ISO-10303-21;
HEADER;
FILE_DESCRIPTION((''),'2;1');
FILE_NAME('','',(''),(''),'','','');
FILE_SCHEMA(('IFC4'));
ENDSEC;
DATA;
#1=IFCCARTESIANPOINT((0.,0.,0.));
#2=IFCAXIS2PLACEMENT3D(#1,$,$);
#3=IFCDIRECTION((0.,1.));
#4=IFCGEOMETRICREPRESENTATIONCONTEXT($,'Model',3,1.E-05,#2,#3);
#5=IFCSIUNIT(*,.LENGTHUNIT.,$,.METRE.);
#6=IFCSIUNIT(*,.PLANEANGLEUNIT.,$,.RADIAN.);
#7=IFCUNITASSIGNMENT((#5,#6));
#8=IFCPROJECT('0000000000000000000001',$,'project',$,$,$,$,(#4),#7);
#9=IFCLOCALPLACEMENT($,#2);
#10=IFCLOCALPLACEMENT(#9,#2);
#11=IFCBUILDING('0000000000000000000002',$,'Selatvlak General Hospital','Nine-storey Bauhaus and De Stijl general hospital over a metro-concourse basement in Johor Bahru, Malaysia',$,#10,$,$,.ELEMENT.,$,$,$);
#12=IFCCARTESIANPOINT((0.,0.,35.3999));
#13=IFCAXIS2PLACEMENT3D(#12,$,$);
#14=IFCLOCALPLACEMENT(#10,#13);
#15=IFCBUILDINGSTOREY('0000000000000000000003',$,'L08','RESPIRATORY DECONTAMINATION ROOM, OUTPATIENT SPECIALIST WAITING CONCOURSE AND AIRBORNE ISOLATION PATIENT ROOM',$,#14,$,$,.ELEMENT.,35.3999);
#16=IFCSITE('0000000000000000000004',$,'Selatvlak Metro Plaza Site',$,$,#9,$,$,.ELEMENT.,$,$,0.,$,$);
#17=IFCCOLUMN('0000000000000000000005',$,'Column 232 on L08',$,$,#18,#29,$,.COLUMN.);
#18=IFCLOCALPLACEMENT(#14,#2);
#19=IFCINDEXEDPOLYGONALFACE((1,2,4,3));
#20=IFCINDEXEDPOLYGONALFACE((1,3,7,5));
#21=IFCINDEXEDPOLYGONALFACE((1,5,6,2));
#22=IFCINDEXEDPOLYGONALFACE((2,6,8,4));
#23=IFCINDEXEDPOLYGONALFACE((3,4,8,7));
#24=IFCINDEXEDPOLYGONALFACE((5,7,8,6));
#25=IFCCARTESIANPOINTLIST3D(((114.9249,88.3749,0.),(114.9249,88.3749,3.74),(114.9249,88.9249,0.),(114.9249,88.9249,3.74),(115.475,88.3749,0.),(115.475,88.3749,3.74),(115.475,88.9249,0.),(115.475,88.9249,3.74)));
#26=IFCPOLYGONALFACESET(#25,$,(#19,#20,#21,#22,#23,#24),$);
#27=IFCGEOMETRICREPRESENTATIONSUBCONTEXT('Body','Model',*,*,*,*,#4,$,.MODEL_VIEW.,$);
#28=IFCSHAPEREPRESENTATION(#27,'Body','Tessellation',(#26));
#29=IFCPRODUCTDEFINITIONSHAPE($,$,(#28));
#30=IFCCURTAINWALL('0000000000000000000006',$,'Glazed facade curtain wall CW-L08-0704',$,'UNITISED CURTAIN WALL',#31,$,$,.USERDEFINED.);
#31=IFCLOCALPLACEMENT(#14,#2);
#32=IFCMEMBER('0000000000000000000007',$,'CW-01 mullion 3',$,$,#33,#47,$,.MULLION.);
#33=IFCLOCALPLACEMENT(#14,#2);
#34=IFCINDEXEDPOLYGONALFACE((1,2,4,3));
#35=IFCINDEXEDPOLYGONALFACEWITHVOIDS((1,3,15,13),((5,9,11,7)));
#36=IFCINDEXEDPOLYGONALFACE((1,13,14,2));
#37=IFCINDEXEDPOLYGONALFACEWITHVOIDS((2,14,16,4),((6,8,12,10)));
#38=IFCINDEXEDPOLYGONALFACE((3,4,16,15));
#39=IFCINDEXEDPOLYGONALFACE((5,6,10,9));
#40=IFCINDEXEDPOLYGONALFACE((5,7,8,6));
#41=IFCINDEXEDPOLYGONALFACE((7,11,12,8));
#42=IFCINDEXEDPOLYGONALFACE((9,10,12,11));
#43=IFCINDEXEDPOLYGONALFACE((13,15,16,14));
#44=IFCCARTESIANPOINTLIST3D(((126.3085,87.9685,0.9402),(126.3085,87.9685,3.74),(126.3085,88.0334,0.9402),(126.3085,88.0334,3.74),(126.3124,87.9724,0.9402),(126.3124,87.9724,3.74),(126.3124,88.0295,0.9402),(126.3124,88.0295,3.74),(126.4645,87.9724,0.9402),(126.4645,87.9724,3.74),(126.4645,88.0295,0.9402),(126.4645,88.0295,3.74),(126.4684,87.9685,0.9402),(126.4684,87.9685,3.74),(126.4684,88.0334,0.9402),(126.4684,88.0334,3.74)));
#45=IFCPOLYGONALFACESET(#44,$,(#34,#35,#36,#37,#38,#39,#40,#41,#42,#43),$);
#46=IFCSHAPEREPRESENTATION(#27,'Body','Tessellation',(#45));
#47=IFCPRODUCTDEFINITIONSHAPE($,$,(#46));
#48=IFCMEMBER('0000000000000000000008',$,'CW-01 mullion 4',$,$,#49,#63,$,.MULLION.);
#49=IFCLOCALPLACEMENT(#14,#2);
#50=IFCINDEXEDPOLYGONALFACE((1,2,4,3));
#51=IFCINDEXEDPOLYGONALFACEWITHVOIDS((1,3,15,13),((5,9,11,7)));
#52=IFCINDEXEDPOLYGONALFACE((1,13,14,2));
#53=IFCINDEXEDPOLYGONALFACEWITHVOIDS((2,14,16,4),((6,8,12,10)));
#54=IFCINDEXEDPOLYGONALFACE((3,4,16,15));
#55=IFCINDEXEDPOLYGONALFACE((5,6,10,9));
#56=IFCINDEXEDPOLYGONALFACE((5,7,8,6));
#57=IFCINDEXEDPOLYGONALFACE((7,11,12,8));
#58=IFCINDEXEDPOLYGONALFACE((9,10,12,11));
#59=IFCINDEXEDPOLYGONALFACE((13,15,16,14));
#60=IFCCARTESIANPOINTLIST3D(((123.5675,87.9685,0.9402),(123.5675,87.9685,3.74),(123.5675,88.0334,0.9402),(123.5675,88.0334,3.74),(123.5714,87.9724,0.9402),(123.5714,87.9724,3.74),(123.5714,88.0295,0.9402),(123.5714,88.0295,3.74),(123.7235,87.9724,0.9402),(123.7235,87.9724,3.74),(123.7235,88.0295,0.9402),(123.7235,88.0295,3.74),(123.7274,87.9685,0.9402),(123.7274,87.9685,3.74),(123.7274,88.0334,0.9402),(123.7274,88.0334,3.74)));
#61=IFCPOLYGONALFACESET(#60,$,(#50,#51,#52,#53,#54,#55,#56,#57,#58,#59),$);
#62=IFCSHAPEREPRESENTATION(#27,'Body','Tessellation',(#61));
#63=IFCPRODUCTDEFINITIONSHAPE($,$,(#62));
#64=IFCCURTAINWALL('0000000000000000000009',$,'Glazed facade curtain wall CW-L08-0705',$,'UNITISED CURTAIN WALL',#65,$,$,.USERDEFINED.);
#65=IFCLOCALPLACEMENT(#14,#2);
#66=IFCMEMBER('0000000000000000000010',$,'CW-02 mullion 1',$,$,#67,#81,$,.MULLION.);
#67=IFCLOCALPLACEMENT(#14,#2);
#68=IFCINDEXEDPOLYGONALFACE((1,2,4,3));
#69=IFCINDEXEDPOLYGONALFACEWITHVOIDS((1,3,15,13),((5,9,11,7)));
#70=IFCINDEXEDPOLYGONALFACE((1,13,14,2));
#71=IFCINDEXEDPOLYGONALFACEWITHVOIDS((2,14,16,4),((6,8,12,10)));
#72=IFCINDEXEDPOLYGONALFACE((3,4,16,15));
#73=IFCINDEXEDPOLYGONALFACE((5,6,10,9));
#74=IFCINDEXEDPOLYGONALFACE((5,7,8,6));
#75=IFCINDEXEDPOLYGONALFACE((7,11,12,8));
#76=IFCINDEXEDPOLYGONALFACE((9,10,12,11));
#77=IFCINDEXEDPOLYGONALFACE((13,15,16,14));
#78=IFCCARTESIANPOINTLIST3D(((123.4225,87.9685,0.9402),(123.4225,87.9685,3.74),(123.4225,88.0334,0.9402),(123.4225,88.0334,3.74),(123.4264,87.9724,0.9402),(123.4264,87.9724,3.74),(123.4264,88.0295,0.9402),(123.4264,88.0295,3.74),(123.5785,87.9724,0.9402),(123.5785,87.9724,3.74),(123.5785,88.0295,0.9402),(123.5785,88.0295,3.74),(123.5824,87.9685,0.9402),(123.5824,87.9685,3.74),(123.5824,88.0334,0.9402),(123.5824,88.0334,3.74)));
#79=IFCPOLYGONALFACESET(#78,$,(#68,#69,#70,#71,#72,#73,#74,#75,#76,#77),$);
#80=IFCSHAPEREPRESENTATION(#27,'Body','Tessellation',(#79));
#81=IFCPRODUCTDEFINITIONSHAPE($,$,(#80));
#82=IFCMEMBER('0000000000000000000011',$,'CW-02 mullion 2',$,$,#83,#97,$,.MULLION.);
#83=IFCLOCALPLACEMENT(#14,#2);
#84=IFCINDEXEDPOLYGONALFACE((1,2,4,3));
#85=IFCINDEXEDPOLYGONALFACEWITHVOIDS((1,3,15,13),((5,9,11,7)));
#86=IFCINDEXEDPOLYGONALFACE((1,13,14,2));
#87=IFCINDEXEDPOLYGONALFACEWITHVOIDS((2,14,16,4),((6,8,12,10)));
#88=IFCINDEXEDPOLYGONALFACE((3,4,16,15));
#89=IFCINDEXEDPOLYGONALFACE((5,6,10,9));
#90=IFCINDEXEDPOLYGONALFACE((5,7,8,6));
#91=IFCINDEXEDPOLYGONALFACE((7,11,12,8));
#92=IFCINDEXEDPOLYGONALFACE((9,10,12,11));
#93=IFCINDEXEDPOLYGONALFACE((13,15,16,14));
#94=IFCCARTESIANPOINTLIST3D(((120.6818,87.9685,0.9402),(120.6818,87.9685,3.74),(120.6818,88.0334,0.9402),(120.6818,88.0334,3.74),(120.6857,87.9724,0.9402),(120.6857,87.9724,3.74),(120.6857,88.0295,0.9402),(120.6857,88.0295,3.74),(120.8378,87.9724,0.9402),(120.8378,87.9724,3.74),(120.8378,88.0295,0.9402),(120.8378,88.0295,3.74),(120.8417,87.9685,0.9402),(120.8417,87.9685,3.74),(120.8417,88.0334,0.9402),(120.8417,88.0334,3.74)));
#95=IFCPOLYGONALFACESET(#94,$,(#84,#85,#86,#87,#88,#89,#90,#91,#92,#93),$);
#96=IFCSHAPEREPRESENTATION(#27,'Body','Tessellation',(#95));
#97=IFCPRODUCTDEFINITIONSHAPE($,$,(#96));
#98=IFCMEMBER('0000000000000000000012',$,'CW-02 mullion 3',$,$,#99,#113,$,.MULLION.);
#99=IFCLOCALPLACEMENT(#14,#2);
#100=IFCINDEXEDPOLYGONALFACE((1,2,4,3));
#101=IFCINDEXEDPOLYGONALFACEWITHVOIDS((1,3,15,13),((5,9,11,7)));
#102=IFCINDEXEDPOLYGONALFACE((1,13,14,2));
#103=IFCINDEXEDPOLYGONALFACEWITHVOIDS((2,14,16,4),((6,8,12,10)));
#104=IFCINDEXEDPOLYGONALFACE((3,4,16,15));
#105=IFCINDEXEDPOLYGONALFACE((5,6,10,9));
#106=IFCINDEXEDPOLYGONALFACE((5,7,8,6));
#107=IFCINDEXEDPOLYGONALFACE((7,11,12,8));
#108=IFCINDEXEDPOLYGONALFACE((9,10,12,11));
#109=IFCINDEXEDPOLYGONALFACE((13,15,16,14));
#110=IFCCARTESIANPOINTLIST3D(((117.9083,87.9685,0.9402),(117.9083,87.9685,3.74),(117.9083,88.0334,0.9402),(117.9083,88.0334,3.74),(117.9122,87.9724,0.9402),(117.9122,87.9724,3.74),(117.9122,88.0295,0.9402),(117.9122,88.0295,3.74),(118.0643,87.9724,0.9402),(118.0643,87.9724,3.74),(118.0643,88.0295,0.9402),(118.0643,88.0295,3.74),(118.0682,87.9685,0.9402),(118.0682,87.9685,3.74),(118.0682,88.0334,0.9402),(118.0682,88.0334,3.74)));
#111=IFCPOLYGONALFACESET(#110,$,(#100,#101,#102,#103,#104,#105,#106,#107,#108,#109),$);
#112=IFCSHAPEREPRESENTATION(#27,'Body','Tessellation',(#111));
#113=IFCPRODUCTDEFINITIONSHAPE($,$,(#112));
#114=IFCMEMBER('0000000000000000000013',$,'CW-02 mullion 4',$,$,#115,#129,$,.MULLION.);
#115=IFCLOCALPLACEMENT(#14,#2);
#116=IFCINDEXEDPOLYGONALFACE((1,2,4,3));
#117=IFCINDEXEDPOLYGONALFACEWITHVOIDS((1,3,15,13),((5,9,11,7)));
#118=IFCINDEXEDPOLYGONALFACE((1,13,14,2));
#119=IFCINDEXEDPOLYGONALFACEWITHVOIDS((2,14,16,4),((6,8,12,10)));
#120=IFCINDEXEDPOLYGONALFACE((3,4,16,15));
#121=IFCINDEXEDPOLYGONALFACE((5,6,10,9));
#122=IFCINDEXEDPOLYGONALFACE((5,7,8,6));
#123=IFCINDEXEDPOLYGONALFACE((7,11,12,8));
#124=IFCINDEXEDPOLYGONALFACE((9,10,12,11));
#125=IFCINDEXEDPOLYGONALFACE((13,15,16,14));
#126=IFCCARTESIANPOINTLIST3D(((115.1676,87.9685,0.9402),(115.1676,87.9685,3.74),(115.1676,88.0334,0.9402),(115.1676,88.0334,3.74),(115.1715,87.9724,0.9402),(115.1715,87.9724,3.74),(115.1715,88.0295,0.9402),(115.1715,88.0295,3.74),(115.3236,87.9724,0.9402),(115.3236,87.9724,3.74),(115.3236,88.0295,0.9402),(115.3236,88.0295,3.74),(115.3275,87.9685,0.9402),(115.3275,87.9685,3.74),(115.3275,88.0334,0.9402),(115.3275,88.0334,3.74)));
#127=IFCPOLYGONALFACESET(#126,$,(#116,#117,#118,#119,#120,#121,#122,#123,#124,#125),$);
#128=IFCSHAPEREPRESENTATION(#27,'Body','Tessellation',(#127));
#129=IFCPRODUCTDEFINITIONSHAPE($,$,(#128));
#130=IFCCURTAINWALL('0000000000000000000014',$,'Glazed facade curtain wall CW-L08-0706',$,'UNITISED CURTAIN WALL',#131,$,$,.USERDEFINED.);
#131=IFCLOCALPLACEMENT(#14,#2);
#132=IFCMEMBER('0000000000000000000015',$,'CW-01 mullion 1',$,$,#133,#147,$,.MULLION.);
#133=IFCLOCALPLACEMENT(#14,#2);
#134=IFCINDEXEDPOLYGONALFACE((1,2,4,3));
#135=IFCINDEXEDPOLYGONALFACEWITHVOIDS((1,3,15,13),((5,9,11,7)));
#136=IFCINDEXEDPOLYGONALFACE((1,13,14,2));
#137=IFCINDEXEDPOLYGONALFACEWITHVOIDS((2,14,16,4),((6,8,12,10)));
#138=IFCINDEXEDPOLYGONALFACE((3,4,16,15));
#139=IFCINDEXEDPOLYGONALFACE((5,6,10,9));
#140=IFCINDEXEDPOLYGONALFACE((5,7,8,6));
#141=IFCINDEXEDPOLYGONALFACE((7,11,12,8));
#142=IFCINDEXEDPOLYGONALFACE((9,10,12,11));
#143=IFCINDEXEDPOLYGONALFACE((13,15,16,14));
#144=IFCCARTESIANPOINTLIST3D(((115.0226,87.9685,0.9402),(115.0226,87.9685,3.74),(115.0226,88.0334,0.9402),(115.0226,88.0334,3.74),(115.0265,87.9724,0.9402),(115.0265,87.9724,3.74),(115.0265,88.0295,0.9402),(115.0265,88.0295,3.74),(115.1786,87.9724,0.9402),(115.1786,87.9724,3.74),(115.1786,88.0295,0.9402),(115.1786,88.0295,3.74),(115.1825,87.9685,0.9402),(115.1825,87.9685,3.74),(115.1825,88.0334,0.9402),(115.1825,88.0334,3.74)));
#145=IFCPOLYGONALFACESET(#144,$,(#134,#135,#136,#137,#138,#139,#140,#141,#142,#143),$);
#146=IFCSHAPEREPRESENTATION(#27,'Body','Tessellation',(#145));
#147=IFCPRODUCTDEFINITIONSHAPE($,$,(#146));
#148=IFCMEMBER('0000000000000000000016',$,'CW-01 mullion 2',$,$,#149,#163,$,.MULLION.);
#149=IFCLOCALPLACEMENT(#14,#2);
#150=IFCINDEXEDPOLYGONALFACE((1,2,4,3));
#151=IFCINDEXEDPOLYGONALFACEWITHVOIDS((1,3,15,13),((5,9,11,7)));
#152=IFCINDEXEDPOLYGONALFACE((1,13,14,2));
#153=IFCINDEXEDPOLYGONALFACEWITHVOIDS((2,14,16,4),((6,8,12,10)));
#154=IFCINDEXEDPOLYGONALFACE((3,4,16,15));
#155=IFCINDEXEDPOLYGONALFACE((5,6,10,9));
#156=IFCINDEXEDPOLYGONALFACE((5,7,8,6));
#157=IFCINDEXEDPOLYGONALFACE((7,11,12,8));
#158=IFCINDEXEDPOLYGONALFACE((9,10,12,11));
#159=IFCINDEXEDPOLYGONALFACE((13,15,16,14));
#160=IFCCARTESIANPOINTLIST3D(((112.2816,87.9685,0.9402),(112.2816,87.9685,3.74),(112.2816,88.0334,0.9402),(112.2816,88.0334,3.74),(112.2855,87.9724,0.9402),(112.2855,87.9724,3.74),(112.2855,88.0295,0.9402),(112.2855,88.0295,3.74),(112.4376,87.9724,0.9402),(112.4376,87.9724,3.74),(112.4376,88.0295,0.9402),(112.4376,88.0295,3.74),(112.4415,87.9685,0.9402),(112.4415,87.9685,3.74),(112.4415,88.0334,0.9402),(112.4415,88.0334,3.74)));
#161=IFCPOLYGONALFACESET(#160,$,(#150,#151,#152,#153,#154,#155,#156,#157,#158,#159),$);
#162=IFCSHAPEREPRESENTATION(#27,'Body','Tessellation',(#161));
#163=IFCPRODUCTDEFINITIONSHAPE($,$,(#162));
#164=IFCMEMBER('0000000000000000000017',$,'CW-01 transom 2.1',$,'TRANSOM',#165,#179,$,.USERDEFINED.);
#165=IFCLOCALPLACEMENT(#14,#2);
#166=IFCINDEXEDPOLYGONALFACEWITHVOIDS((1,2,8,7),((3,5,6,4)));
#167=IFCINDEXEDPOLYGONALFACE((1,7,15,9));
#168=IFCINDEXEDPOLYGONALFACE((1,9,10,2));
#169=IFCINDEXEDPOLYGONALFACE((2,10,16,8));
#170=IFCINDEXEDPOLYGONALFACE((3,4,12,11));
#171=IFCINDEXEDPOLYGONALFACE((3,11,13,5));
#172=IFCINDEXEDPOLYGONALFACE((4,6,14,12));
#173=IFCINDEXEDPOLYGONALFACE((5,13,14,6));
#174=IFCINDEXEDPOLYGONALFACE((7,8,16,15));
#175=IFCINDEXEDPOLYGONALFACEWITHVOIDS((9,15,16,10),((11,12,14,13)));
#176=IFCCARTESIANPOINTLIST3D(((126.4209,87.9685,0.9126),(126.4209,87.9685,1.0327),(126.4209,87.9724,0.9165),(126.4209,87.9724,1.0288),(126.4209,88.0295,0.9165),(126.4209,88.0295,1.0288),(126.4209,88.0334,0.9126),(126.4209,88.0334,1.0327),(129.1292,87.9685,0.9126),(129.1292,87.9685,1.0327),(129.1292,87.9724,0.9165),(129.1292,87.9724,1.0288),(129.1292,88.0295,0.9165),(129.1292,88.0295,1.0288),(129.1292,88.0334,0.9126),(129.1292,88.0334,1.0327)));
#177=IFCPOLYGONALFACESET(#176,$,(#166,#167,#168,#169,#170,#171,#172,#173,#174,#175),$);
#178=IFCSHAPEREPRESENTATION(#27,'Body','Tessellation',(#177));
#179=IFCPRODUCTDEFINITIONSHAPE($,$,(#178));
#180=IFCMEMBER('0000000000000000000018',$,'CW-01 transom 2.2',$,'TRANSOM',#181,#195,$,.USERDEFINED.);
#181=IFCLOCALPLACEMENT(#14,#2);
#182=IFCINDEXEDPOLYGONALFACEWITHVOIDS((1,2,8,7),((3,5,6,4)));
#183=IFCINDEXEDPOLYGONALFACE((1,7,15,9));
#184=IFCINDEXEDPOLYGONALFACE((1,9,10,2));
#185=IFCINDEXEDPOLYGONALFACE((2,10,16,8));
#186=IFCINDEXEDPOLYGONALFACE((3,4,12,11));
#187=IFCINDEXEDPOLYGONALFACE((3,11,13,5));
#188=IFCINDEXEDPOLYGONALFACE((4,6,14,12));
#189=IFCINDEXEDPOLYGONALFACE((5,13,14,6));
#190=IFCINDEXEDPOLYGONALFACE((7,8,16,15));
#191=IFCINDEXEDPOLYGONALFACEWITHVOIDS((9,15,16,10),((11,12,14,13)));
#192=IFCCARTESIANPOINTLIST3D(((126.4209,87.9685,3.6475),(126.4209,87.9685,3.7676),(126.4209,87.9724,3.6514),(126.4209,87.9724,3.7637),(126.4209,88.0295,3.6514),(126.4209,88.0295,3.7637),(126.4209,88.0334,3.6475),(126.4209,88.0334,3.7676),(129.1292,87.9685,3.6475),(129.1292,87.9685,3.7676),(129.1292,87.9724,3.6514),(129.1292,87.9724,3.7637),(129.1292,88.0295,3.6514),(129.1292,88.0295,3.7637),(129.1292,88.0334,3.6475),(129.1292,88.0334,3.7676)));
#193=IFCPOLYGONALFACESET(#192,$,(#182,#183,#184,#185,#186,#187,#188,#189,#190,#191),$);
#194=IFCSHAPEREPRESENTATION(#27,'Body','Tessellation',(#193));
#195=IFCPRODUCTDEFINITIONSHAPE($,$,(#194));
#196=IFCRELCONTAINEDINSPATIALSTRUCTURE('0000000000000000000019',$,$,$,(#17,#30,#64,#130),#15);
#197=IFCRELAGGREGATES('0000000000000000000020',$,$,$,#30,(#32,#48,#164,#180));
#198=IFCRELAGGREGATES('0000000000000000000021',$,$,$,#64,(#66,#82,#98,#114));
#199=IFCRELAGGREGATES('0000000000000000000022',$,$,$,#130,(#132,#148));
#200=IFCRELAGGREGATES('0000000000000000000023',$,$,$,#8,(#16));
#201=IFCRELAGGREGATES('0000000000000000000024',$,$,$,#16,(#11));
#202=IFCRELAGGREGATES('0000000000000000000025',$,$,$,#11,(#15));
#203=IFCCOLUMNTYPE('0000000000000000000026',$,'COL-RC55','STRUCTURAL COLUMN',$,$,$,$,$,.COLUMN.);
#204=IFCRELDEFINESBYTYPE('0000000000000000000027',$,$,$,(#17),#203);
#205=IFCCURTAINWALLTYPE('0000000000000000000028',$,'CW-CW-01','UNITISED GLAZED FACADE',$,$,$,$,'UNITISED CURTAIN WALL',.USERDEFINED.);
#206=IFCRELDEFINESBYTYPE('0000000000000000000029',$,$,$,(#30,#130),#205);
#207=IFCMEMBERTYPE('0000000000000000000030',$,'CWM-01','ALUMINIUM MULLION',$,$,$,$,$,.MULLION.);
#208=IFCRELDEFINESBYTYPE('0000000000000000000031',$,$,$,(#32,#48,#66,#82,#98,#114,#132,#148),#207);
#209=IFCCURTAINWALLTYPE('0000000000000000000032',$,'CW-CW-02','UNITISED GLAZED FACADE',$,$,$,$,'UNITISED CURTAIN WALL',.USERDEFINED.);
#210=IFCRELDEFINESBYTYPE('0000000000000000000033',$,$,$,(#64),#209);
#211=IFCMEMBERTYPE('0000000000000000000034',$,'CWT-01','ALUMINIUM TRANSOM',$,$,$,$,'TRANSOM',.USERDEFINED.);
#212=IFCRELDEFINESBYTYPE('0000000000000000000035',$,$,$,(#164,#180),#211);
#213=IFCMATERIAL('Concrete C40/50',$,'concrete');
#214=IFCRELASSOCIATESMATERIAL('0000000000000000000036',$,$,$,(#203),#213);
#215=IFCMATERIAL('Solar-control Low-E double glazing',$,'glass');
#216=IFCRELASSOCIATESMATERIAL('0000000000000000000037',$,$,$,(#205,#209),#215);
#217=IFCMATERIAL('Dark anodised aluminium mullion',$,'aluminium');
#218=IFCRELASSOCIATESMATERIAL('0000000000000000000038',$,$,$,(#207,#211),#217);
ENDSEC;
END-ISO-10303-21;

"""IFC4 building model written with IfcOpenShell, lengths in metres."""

from ifc_helpers import new_model, si_unit, direction, frame, origin, origin_2d, place, context, subcontext, project, spatial, rectangle, hollow_rectangle, extrude, material, material_profile, profile_set, type_object, element, aggregate, save


model = new_model("IFC4")

# Units and contexts
model_context = context("Model", 3, precision=1e-05, world=origin(), true_north=direction((0.0, 1.0)))
body_context = subcontext(model_context, "Body", "Model", "MODEL_VIEW")
ifc_project = project(units=[si_unit("LENGTHUNIT", "METRE"), si_unit("PLANEANGLEUNIT", "RADIAN")], contexts=[model_context])

# Site, building, storey
site_placement = place(None, origin())
site = spatial("IfcSite", under=ifc_project, at=site_placement, Name="Selatvlak Metro Plaza Site", CompositionType="ELEMENT", RefElevation=0.0)
building_placement = place(site_placement, origin())
building = spatial("IfcBuilding", under=site, at=building_placement, Name="Selatvlak General Hospital", Description="Nine-storey Bauhaus and De Stijl general hospital over a metro-concourse basement in Johor Bahru, Malaysia", CompositionType="ELEMENT")
storey_placement = place(building_placement, frame((0.0, 0.0, 35.3999)))
storey = spatial("IfcBuildingStorey", under=building, at=storey_placement, Name="L08", Description="RESPIRATORY DECONTAMINATION ROOM, OUTPATIENT SPECIALIST WAITING CONCOURSE AND AIRBORNE ISOLATION PATIENT ROOM", CompositionType="ELEMENT", Elevation=35.3999)

# Column
ifc_material_1 = material(Name="Concrete C40/50", Category="concrete")
ifc_material_profile_1 = material_profile(ifc_material_1, rectangle(XDim=0.55, YDim=0.55, at=origin_2d()), Name="RC-COL 550x550")
ifc_profile_set_1 = profile_set([ifc_material_profile_1], Name="Concrete C40/50")
column_type = type_object("IfcColumnType", Name="COL-RC55", Description="STRUCTURAL COLUMN", PredefinedType="COLUMN", material=ifc_profile_set_1)
column_placement = place(storey_placement, frame((115.2, 88.6499, 0.0), z_axis=(0.0, 0.0, 1.0), x_axis=(1.0, 0.0, 0.0)))
element("IfcColumn", 1, at=column_placement, inside=storey, type_object=column_type, Name="Column 232 on L08", PredefinedType="COLUMN", context=body_context, shape_type="SweptSolid", body=[
    extrude(rectangle(XDim=0.55, YDim=0.55, at=origin_2d()), origin(), (0.0, 0.0, 1.0), 3.74),
])

# Curtain walls, members
ifc_material_2 = material(Name="Solar-control Low-E double glazing", Category="glass")
curtain_wall_type_1 = type_object("IfcCurtainWallType", Name="CW-CW-01", Description="UNITISED GLAZED FACADE", ElementType="UNITISED CURTAIN WALL", PredefinedType="USERDEFINED", material=ifc_material_2)
curtain_wall_1_placement = place(storey_placement, origin())
curtain_wall_1 = element("IfcCurtainWall", 2, at=curtain_wall_1_placement, inside=storey, type_object=curtain_wall_type_1, Name="Glazed facade curtain wall CW-L08-0704", ObjectType="UNITISED CURTAIN WALL", PredefinedType="USERDEFINED")
ifc_material_3 = material(Name="Dark anodised aluminium mullion", Category="aluminium")
ifc_material_profile_2 = material_profile(ifc_material_3, hollow_rectangle(XDim=0.0649, YDim=0.1599, WallThickness=0.0039, at=origin_2d()), Name="AL-MUL 65x160x4")
ifc_profile_set_2 = profile_set([ifc_material_profile_2], Name="Dark anodised aluminium mullion")
member_type_1 = type_object("IfcMemberType", Name="CWM-01", Description="ALUMINIUM MULLION", PredefinedType="MULLION", material=ifc_profile_set_2)
member_1_placement = place(storey_placement, frame((126.3884, 88.001, 0.9402), z_axis=(0.0, 0.0, 1.0), x_axis=(0.0, -1.0, 0.0)))
member_1 = element("IfcMember", 3, at=member_1_placement, type_object=member_type_1, Name="CW-01 mullion 3", PredefinedType="MULLION", context=body_context, shape_type="SweptSolid", body=[
    extrude(hollow_rectangle(XDim=0.0649, YDim=0.1599, WallThickness=0.0039, at=origin_2d()), origin(), (0.0, 0.0, 1.0), 2.7998),
])
member_2_placement = place(storey_placement, frame((123.6475, 88.001, 0.9402), z_axis=(0.0, 0.0, 1.0), x_axis=(0.0, -1.0, 0.0)))
member_2 = element("IfcMember", 4, at=member_2_placement, type_object=member_type_1, Name="CW-01 mullion 4", PredefinedType="MULLION", context=body_context, shape_type="SweptSolid", body=[
    extrude(hollow_rectangle(XDim=0.0649, YDim=0.1599, WallThickness=0.0039, at=origin_2d()), origin(), (0.0, 0.0, 1.0), 2.7998),
])
curtain_wall_type_2 = type_object("IfcCurtainWallType", Name="CW-CW-02", Description="UNITISED GLAZED FACADE", ElementType="UNITISED CURTAIN WALL", PredefinedType="USERDEFINED", material=ifc_material_2)
curtain_wall_2_placement = place(storey_placement, origin())
curtain_wall_2 = element("IfcCurtainWall", 5, at=curtain_wall_2_placement, inside=storey, type_object=curtain_wall_type_2, Name="Glazed facade curtain wall CW-L08-0705", ObjectType="UNITISED CURTAIN WALL", PredefinedType="USERDEFINED")
member_3_placement = place(storey_placement, frame((123.5024, 88.001, 0.9402), z_axis=(0.0, 0.0, 1.0), x_axis=(0.0, -1.0, 0.0)))
member_3 = element("IfcMember", 6, at=member_3_placement, type_object=member_type_1, Name="CW-02 mullion 1", PredefinedType="MULLION", context=body_context, shape_type="SweptSolid", body=[
    extrude(hollow_rectangle(XDim=0.0649, YDim=0.1599, WallThickness=0.0039, at=origin_2d()), origin(), (0.0, 0.0, 1.0), 2.7998),
])
member_4_placement = place(storey_placement, frame((120.7617, 88.001, 0.9402), z_axis=(0.0, 0.0, 1.0), x_axis=(0.0, -1.0, 0.0)))
member_4 = element("IfcMember", 7, at=member_4_placement, type_object=member_type_1, Name="CW-02 mullion 2", PredefinedType="MULLION", context=body_context, shape_type="SweptSolid", body=[
    extrude(hollow_rectangle(XDim=0.0649, YDim=0.1599, WallThickness=0.0039, at=origin_2d()), origin(), (0.0, 0.0, 1.0), 2.7998),
])
member_5_placement = place(storey_placement, frame((117.9883, 88.001, 0.9402), z_axis=(0.0, 0.0, 1.0), x_axis=(0.0, -1.0, 0.0)))
member_5 = element("IfcMember", 8, at=member_5_placement, type_object=member_type_1, Name="CW-02 mullion 3", PredefinedType="MULLION", context=body_context, shape_type="SweptSolid", body=[
    extrude(hollow_rectangle(XDim=0.0649, YDim=0.1599, WallThickness=0.0039, at=origin_2d()), origin(), (0.0, 0.0, 1.0), 2.7998),
])
member_6_placement = place(storey_placement, frame((115.2476, 88.001, 0.9402), z_axis=(0.0, 0.0, 1.0), x_axis=(0.0, -1.0, 0.0)))
member_6 = element("IfcMember", 9, at=member_6_placement, type_object=member_type_1, Name="CW-02 mullion 4", PredefinedType="MULLION", context=body_context, shape_type="SweptSolid", body=[
    extrude(hollow_rectangle(XDim=0.0649, YDim=0.1599, WallThickness=0.0039, at=origin_2d()), origin(), (0.0, 0.0, 1.0), 2.7998),
])
curtain_wall_3_placement = place(storey_placement, origin())
curtain_wall_3 = element("IfcCurtainWall", 10, at=curtain_wall_3_placement, inside=storey, type_object=curtain_wall_type_1, Name="Glazed facade curtain wall CW-L08-0706", ObjectType="UNITISED CURTAIN WALL", PredefinedType="USERDEFINED")
member_7_placement = place(storey_placement, frame((115.1025, 88.001, 0.9402), z_axis=(0.0, 0.0, 1.0), x_axis=(0.0, -1.0, 0.0)))
member_7 = element("IfcMember", 11, at=member_7_placement, type_object=member_type_1, Name="CW-01 mullion 1", PredefinedType="MULLION", context=body_context, shape_type="SweptSolid", body=[
    extrude(hollow_rectangle(XDim=0.0649, YDim=0.1599, WallThickness=0.0039, at=origin_2d()), origin(), (0.0, 0.0, 1.0), 2.7998),
])
member_8_placement = place(storey_placement, frame((112.3616, 88.001, 0.9402), z_axis=(0.0, 0.0, 1.0), x_axis=(0.0, -1.0, 0.0)))
member_8 = element("IfcMember", 12, at=member_8_placement, type_object=member_type_1, Name="CW-01 mullion 2", PredefinedType="MULLION", context=body_context, shape_type="SweptSolid", body=[
    extrude(hollow_rectangle(XDim=0.0649, YDim=0.1599, WallThickness=0.0039, at=origin_2d()), origin(), (0.0, 0.0, 1.0), 2.7998),
])

# Members
ifc_material_profile_3 = material_profile(ifc_material_3, hollow_rectangle(XDim=0.0649, YDim=0.1201, WallThickness=0.0039, at=origin_2d()), Name="AL-TRN 65x120x4")
ifc_profile_set_3 = profile_set([ifc_material_profile_3], Name="Dark anodised aluminium mullion")
member_type_2 = type_object("IfcMemberType", Name="CWT-01", Description="ALUMINIUM TRANSOM", ElementType="TRANSOM", PredefinedType="USERDEFINED", material=ifc_profile_set_3)
member_9_placement = place(storey_placement, frame((129.1292, 88.001, 0.9727), z_axis=(-1.0, 0.0, 0.0), x_axis=(0.0, -1.0, 0.0)))
member_9 = element("IfcMember", 13, at=member_9_placement, type_object=member_type_2, Name="CW-01 transom 2.1", ObjectType="TRANSOM", PredefinedType="USERDEFINED", context=body_context, shape_type="SweptSolid", body=[
    extrude(hollow_rectangle(XDim=0.0649, YDim=0.1201, WallThickness=0.0039, at=origin_2d()), origin(), (0.0, 0.0, 1.0), 2.7083),
])
member_10_placement = place(storey_placement, frame((129.1292, 88.001, 3.7075), z_axis=(-1.0, 0.0, 0.0), x_axis=(0.0, -1.0, 0.0)))
member_10 = element("IfcMember", 14, at=member_10_placement, type_object=member_type_2, Name="CW-01 transom 2.2", ObjectType="TRANSOM", PredefinedType="USERDEFINED", context=body_context, shape_type="SweptSolid", body=[
    extrude(hollow_rectangle(XDim=0.0649, YDim=0.1201, WallThickness=0.0039, at=origin_2d()), origin(), (0.0, 0.0, 1.0), 2.7083),
])

aggregate(curtain_wall_1, [member_1, member_2, member_9, member_10])
aggregate(curtain_wall_2, [member_3, member_4, member_5, member_6])
aggregate(curtain_wall_3, [member_7, member_8])

save(model, "model.ifc")
